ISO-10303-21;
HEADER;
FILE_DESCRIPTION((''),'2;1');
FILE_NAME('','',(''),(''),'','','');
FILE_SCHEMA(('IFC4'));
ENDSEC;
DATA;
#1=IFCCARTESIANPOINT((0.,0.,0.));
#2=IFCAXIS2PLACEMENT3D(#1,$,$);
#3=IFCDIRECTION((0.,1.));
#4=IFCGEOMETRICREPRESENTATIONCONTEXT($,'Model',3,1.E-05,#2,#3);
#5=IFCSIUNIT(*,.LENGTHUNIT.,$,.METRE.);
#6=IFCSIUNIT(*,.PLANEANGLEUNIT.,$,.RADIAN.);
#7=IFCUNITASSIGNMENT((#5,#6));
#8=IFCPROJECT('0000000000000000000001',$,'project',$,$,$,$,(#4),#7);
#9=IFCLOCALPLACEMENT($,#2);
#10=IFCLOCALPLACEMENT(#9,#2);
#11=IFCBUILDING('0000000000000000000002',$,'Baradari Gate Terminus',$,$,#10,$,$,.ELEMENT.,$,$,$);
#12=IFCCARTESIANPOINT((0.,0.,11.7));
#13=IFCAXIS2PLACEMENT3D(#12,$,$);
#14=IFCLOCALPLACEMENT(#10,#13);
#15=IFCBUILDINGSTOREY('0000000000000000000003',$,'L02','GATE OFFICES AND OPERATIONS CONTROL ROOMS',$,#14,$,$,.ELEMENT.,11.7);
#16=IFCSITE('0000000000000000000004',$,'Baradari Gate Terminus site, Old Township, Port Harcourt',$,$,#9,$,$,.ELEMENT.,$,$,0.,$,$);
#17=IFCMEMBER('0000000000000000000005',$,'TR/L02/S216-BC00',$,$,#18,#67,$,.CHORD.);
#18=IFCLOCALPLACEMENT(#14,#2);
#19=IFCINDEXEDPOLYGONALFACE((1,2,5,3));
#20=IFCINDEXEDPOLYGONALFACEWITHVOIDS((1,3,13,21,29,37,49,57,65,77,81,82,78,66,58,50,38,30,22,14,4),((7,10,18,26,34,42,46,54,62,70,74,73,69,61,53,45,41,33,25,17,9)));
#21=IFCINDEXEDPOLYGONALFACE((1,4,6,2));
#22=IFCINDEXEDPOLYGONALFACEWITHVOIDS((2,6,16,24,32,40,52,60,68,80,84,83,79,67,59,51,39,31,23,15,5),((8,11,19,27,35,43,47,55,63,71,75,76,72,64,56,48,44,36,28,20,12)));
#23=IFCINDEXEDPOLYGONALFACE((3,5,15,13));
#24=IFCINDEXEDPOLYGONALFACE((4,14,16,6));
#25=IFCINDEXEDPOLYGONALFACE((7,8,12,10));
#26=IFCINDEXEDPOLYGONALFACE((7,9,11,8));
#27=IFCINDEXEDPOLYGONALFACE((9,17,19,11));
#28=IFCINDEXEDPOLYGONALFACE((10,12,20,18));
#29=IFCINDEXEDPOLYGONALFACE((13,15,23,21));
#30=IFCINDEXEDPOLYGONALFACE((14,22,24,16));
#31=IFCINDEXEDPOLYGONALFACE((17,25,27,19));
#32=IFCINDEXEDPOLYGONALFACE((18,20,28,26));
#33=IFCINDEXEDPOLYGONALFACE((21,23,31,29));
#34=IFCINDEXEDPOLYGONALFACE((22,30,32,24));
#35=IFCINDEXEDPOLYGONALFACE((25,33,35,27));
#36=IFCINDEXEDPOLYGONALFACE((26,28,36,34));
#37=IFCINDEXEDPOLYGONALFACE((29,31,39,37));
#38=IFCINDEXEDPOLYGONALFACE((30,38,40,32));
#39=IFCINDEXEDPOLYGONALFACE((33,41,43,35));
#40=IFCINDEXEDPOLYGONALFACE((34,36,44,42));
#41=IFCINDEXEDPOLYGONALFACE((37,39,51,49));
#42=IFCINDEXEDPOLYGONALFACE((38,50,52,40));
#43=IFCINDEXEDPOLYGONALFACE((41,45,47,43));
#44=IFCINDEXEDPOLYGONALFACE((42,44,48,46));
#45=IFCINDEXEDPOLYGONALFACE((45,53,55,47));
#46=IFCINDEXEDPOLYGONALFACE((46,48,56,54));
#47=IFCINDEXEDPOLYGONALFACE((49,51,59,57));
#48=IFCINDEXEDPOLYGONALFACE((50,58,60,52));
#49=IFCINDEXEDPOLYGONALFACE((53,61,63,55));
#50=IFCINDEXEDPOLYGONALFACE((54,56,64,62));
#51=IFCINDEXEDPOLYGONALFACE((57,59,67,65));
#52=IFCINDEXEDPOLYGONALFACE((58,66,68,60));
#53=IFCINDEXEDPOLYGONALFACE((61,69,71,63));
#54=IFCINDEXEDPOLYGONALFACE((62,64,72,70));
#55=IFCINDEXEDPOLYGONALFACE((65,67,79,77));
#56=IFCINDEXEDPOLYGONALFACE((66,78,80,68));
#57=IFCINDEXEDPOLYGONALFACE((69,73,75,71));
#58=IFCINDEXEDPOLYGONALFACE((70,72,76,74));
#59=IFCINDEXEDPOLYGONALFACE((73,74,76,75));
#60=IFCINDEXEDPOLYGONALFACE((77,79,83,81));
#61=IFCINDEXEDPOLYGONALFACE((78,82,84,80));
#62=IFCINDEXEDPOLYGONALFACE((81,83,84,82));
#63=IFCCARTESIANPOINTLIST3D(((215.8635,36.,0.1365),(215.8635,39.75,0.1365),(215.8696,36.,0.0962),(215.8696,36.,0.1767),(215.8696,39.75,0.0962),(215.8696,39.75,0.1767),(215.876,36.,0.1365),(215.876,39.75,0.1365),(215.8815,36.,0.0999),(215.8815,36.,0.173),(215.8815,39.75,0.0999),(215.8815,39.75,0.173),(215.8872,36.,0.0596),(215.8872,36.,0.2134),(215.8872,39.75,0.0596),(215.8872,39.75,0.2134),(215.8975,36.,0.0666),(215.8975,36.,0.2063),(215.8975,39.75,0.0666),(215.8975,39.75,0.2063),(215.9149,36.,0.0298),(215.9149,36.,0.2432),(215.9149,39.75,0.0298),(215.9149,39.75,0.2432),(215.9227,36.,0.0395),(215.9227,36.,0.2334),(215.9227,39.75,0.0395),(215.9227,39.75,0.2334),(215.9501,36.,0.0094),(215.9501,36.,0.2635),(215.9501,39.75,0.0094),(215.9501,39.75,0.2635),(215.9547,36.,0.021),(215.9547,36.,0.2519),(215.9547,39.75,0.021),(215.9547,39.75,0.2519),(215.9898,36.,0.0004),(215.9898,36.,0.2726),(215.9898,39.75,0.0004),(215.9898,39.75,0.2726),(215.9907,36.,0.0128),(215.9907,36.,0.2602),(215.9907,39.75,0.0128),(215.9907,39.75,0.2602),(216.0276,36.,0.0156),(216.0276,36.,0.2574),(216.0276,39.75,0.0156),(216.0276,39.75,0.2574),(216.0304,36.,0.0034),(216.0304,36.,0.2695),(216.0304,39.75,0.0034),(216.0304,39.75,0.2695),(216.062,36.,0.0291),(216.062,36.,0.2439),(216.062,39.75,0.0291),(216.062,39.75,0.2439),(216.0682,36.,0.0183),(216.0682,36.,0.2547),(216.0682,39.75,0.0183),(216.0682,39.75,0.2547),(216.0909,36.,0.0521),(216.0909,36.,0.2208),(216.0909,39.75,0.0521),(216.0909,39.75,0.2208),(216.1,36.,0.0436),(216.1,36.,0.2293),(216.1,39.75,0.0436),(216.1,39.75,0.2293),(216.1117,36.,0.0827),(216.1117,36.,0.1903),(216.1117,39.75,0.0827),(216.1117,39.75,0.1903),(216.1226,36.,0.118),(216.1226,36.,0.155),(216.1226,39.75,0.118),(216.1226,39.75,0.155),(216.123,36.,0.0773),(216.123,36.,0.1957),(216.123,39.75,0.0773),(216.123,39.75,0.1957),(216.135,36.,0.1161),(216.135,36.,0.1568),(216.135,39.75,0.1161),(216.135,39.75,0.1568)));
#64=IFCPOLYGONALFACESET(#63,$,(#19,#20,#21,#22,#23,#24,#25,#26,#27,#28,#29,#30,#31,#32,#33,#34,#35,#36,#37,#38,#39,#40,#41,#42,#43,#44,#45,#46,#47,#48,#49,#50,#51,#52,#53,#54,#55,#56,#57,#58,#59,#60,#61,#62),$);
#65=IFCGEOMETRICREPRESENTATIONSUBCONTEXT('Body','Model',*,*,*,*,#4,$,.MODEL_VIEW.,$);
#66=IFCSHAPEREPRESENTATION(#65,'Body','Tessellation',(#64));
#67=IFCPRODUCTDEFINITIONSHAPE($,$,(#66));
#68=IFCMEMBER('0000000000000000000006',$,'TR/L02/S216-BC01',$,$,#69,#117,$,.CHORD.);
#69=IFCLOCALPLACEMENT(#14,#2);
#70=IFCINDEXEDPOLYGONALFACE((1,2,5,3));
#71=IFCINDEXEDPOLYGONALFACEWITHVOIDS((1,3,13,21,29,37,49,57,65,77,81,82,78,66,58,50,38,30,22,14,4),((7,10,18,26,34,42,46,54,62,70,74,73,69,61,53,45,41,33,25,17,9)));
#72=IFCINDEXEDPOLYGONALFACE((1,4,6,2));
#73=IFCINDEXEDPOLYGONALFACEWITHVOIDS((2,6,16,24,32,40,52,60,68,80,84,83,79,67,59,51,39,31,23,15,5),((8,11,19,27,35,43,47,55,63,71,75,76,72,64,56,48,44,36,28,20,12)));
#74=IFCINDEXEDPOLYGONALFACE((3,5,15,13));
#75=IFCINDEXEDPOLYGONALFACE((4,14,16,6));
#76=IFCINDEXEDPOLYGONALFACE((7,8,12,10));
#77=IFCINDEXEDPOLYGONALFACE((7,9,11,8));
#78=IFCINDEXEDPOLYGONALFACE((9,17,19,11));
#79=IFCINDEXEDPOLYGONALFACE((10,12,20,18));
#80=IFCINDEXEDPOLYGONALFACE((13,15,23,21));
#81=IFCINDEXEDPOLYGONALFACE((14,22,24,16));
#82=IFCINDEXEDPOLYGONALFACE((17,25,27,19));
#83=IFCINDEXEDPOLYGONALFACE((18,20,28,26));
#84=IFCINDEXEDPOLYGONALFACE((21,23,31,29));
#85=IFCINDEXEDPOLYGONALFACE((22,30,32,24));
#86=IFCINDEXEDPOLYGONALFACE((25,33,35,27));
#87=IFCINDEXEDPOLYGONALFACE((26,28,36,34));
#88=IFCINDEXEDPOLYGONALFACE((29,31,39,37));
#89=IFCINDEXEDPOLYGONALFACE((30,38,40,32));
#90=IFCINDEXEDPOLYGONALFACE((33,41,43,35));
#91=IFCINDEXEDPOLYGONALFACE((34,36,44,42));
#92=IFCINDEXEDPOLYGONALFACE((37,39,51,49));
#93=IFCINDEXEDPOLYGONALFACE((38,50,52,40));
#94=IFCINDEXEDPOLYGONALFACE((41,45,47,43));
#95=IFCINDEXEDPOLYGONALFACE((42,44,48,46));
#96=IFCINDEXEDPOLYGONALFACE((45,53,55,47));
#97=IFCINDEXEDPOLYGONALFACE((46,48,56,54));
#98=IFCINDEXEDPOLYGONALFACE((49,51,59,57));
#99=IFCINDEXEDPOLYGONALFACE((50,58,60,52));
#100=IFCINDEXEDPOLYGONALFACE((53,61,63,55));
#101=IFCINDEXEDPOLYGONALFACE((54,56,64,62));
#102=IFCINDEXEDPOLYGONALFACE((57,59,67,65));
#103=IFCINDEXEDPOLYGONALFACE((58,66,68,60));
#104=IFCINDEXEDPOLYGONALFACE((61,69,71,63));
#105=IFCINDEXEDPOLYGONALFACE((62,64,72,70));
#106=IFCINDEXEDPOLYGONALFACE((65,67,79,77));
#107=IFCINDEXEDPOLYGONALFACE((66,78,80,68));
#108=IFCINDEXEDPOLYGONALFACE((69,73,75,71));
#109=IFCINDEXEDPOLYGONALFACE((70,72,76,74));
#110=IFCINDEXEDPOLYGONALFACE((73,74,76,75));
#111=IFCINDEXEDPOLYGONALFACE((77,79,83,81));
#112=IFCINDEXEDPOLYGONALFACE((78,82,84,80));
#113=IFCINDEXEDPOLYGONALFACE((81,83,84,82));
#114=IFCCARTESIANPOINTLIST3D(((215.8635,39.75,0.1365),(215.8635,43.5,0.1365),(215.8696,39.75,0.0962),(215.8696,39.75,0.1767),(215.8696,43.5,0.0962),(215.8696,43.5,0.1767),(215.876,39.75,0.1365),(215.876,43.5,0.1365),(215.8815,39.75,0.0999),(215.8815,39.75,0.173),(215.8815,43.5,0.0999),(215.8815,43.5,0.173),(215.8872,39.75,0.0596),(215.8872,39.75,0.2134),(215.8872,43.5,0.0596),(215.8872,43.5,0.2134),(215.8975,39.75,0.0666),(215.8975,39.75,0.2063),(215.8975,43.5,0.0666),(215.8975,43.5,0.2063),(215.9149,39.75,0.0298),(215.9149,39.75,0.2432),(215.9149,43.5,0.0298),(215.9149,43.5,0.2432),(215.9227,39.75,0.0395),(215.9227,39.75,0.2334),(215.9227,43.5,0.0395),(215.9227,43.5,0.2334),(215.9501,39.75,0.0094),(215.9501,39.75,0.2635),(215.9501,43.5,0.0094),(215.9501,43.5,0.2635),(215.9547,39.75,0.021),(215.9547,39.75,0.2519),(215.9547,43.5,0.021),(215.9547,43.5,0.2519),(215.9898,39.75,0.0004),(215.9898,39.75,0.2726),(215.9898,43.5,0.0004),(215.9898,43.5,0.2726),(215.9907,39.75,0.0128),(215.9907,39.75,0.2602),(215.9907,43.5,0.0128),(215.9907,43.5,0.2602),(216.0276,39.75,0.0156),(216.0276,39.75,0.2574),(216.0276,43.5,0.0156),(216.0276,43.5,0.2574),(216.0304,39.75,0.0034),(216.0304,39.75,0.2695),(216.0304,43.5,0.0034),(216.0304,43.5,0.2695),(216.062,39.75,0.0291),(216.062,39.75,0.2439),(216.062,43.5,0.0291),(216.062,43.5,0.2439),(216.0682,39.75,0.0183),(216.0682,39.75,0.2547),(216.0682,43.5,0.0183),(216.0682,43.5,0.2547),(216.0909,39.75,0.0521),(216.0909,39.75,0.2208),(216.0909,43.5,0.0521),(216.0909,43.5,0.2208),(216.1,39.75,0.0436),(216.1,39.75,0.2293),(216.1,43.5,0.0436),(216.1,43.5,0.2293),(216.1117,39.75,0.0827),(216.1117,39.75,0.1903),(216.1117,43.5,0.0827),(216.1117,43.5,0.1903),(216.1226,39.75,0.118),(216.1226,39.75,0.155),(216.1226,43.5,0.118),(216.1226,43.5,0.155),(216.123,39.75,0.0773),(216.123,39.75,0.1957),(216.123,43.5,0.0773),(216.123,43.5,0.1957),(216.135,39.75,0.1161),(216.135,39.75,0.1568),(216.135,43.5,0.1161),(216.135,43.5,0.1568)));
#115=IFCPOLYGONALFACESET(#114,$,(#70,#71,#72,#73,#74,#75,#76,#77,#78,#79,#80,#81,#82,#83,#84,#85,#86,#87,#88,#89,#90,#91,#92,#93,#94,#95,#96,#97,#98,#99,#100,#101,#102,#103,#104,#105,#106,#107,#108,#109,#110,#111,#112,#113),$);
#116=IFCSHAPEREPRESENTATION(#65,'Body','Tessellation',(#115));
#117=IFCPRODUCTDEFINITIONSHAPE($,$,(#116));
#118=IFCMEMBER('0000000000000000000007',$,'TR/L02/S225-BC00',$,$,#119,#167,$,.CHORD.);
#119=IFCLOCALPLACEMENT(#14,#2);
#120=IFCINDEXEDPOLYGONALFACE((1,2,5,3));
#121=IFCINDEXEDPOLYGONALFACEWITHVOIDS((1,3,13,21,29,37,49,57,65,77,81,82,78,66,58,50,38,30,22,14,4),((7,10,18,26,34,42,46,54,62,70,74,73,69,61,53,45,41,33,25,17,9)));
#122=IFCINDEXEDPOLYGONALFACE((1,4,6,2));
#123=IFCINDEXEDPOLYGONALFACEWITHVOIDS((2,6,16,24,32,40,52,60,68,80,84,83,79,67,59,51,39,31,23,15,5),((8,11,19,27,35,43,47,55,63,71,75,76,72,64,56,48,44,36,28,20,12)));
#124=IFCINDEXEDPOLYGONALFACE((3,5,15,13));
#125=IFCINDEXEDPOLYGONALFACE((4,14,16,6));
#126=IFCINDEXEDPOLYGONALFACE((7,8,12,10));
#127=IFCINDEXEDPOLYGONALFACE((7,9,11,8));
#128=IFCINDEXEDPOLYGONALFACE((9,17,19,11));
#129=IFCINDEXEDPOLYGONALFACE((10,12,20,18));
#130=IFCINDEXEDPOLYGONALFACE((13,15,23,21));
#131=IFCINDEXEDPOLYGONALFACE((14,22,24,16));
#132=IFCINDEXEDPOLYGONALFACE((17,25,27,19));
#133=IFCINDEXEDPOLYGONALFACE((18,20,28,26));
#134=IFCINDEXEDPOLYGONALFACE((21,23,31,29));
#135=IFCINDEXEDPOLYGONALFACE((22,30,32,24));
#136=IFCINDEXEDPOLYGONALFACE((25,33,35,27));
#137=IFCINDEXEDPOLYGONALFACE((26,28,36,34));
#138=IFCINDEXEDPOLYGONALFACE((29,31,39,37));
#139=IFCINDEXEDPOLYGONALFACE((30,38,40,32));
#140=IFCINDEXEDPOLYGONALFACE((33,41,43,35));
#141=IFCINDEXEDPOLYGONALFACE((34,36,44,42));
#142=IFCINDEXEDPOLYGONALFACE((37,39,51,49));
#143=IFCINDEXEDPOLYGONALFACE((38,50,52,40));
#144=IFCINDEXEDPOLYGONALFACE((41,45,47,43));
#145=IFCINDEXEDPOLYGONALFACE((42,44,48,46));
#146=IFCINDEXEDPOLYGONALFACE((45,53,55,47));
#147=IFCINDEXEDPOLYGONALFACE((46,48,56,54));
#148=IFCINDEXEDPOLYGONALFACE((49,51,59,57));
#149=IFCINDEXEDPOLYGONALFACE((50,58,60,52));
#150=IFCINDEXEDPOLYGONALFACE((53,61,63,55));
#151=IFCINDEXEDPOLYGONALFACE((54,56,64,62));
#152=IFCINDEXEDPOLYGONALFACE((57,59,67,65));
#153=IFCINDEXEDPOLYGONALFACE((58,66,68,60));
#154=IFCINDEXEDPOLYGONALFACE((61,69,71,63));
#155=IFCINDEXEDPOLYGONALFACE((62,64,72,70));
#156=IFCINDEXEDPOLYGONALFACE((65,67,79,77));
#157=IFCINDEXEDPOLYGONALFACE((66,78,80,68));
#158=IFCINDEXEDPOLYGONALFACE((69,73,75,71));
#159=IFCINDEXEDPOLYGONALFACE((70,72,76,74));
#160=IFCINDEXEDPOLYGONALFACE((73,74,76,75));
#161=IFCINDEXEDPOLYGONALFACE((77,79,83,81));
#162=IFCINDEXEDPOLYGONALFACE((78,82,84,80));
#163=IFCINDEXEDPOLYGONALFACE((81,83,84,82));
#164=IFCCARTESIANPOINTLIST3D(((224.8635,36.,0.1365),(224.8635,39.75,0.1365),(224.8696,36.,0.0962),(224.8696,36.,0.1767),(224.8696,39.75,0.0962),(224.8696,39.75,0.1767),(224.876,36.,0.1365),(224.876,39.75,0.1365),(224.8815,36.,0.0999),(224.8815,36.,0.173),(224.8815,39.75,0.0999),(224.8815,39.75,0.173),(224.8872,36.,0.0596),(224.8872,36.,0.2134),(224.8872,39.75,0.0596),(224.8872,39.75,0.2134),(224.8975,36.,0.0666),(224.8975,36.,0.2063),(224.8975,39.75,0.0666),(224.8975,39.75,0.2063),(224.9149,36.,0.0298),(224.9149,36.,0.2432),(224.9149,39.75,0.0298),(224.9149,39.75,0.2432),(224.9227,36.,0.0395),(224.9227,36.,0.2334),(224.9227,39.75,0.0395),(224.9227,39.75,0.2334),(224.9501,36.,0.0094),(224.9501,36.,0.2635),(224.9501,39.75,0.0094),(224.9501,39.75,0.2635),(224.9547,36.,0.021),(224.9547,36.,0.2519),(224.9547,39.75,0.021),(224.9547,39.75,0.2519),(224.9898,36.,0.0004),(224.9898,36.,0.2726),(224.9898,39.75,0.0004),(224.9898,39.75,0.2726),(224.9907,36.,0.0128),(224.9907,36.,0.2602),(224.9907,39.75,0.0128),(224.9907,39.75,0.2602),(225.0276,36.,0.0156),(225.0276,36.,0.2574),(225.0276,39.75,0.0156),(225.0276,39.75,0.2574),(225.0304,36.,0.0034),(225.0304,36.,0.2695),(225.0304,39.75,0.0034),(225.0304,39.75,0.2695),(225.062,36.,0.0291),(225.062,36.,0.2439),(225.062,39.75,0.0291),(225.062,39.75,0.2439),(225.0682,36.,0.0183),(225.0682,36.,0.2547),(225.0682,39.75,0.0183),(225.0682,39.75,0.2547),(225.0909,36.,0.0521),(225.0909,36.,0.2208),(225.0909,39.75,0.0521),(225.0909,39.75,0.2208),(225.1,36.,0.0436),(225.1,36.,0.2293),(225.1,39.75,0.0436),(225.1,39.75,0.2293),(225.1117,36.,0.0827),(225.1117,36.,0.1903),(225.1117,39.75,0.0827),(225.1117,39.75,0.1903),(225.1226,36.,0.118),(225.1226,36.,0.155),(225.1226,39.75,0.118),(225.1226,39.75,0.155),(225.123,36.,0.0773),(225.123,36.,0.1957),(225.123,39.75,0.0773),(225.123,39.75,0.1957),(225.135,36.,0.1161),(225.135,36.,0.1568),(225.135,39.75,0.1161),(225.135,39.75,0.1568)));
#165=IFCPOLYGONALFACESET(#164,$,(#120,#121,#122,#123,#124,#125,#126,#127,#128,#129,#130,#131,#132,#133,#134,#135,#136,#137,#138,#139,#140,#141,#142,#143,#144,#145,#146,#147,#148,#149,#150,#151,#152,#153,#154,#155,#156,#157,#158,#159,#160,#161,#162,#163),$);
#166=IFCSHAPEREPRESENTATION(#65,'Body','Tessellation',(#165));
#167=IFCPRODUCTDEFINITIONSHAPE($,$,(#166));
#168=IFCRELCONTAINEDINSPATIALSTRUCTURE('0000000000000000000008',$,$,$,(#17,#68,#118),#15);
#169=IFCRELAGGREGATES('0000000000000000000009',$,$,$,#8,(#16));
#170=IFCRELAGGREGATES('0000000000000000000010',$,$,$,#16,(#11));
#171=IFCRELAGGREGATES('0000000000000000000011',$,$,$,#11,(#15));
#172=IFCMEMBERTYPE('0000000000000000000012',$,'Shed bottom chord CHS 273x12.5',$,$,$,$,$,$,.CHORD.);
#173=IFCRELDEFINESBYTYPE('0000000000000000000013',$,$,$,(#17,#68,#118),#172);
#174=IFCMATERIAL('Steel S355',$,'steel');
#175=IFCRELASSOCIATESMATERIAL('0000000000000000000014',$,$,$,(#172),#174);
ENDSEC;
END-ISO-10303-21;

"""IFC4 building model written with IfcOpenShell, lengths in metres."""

from ifc_helpers import new_model, si_unit, direction, frame, origin, origin_2d, place, context, subcontext, project, spatial, hollow_circle, extrude, material, material_profile, profile_set, type_object, element, save


model = new_model("IFC4")

# Units and contexts
model_context = context("Model", 3, precision=1e-05, world=origin(), true_north=direction((0.0, 1.0)))
body_context = subcontext(model_context, "Body", "Model", "MODEL_VIEW")
ifc_project = project(units=[si_unit("LENGTHUNIT", "METRE"), si_unit("PLANEANGLEUNIT", "RADIAN")], contexts=[model_context])

# Site, building, storey
site_placement = place(None, origin())
site = spatial("IfcSite", under=ifc_project, at=site_placement, Name="Baradari Gate Terminus site, Old Township, Port Harcourt", CompositionType="ELEMENT", RefElevation=0.0)
building_placement = place(site_placement, origin())
building = spatial("IfcBuilding", under=site, at=building_placement, Name="Baradari Gate Terminus", CompositionType="ELEMENT")
storey_placement = place(building_placement, frame((0.0, 0.0, 11.7)))
storey = spatial("IfcBuildingStorey", under=building, at=storey_placement, Name="L02", Description="GATE OFFICES AND OPERATIONS CONTROL ROOMS", CompositionType="ELEMENT", Elevation=11.7)

# Members
ifc_material_1 = material(Name="Steel S355", Category="steel")
ifc_material_profile_1 = material_profile(ifc_material_1, hollow_circle(Radius=0.1365, WallThickness=0.0125, at=origin_2d()), Name="CHS 273x12.5")
ifc_profile_set_1 = profile_set([ifc_material_profile_1], Name="Steel S355")
member_type_1 = type_object("IfcMemberType", Name="Shed bottom chord CHS 273x12.5", PredefinedType="CHORD", material=ifc_profile_set_1)
for number, where, z_axis, x_axis, name in (
    (1, (216.0, 36.0, 0.1365), (0.0, 1.0, 0.0), (-1.0, 0.0, 0.0), "TR/L02/S216-BC00"),
    (2, (216.0, 39.75, 0.1365), (0.0, 1.0, 0.0), (-1.0, 0.0, 0.0), "TR/L02/S216-BC01"),
    (3, (225.0, 36.0, 0.1365), (0.0, 1.0, 0.0), (-1.0, 0.0, 0.0), "TR/L02/S225-BC00"),
):
    element("IfcMember", number, at=place(storey_placement, frame(where, z_axis=z_axis, x_axis=x_axis)), inside=storey, type_object=member_type_1, Name=name, PredefinedType="CHORD", context=body_context, shape_type="SweptSolid", body=[
        extrude(hollow_circle(Radius=0.1365, WallThickness=0.0125, at=origin_2d()), origin(), (0.0, 0.0, 1.0), 3.75),
    ])

save(model, "model.ifc")
